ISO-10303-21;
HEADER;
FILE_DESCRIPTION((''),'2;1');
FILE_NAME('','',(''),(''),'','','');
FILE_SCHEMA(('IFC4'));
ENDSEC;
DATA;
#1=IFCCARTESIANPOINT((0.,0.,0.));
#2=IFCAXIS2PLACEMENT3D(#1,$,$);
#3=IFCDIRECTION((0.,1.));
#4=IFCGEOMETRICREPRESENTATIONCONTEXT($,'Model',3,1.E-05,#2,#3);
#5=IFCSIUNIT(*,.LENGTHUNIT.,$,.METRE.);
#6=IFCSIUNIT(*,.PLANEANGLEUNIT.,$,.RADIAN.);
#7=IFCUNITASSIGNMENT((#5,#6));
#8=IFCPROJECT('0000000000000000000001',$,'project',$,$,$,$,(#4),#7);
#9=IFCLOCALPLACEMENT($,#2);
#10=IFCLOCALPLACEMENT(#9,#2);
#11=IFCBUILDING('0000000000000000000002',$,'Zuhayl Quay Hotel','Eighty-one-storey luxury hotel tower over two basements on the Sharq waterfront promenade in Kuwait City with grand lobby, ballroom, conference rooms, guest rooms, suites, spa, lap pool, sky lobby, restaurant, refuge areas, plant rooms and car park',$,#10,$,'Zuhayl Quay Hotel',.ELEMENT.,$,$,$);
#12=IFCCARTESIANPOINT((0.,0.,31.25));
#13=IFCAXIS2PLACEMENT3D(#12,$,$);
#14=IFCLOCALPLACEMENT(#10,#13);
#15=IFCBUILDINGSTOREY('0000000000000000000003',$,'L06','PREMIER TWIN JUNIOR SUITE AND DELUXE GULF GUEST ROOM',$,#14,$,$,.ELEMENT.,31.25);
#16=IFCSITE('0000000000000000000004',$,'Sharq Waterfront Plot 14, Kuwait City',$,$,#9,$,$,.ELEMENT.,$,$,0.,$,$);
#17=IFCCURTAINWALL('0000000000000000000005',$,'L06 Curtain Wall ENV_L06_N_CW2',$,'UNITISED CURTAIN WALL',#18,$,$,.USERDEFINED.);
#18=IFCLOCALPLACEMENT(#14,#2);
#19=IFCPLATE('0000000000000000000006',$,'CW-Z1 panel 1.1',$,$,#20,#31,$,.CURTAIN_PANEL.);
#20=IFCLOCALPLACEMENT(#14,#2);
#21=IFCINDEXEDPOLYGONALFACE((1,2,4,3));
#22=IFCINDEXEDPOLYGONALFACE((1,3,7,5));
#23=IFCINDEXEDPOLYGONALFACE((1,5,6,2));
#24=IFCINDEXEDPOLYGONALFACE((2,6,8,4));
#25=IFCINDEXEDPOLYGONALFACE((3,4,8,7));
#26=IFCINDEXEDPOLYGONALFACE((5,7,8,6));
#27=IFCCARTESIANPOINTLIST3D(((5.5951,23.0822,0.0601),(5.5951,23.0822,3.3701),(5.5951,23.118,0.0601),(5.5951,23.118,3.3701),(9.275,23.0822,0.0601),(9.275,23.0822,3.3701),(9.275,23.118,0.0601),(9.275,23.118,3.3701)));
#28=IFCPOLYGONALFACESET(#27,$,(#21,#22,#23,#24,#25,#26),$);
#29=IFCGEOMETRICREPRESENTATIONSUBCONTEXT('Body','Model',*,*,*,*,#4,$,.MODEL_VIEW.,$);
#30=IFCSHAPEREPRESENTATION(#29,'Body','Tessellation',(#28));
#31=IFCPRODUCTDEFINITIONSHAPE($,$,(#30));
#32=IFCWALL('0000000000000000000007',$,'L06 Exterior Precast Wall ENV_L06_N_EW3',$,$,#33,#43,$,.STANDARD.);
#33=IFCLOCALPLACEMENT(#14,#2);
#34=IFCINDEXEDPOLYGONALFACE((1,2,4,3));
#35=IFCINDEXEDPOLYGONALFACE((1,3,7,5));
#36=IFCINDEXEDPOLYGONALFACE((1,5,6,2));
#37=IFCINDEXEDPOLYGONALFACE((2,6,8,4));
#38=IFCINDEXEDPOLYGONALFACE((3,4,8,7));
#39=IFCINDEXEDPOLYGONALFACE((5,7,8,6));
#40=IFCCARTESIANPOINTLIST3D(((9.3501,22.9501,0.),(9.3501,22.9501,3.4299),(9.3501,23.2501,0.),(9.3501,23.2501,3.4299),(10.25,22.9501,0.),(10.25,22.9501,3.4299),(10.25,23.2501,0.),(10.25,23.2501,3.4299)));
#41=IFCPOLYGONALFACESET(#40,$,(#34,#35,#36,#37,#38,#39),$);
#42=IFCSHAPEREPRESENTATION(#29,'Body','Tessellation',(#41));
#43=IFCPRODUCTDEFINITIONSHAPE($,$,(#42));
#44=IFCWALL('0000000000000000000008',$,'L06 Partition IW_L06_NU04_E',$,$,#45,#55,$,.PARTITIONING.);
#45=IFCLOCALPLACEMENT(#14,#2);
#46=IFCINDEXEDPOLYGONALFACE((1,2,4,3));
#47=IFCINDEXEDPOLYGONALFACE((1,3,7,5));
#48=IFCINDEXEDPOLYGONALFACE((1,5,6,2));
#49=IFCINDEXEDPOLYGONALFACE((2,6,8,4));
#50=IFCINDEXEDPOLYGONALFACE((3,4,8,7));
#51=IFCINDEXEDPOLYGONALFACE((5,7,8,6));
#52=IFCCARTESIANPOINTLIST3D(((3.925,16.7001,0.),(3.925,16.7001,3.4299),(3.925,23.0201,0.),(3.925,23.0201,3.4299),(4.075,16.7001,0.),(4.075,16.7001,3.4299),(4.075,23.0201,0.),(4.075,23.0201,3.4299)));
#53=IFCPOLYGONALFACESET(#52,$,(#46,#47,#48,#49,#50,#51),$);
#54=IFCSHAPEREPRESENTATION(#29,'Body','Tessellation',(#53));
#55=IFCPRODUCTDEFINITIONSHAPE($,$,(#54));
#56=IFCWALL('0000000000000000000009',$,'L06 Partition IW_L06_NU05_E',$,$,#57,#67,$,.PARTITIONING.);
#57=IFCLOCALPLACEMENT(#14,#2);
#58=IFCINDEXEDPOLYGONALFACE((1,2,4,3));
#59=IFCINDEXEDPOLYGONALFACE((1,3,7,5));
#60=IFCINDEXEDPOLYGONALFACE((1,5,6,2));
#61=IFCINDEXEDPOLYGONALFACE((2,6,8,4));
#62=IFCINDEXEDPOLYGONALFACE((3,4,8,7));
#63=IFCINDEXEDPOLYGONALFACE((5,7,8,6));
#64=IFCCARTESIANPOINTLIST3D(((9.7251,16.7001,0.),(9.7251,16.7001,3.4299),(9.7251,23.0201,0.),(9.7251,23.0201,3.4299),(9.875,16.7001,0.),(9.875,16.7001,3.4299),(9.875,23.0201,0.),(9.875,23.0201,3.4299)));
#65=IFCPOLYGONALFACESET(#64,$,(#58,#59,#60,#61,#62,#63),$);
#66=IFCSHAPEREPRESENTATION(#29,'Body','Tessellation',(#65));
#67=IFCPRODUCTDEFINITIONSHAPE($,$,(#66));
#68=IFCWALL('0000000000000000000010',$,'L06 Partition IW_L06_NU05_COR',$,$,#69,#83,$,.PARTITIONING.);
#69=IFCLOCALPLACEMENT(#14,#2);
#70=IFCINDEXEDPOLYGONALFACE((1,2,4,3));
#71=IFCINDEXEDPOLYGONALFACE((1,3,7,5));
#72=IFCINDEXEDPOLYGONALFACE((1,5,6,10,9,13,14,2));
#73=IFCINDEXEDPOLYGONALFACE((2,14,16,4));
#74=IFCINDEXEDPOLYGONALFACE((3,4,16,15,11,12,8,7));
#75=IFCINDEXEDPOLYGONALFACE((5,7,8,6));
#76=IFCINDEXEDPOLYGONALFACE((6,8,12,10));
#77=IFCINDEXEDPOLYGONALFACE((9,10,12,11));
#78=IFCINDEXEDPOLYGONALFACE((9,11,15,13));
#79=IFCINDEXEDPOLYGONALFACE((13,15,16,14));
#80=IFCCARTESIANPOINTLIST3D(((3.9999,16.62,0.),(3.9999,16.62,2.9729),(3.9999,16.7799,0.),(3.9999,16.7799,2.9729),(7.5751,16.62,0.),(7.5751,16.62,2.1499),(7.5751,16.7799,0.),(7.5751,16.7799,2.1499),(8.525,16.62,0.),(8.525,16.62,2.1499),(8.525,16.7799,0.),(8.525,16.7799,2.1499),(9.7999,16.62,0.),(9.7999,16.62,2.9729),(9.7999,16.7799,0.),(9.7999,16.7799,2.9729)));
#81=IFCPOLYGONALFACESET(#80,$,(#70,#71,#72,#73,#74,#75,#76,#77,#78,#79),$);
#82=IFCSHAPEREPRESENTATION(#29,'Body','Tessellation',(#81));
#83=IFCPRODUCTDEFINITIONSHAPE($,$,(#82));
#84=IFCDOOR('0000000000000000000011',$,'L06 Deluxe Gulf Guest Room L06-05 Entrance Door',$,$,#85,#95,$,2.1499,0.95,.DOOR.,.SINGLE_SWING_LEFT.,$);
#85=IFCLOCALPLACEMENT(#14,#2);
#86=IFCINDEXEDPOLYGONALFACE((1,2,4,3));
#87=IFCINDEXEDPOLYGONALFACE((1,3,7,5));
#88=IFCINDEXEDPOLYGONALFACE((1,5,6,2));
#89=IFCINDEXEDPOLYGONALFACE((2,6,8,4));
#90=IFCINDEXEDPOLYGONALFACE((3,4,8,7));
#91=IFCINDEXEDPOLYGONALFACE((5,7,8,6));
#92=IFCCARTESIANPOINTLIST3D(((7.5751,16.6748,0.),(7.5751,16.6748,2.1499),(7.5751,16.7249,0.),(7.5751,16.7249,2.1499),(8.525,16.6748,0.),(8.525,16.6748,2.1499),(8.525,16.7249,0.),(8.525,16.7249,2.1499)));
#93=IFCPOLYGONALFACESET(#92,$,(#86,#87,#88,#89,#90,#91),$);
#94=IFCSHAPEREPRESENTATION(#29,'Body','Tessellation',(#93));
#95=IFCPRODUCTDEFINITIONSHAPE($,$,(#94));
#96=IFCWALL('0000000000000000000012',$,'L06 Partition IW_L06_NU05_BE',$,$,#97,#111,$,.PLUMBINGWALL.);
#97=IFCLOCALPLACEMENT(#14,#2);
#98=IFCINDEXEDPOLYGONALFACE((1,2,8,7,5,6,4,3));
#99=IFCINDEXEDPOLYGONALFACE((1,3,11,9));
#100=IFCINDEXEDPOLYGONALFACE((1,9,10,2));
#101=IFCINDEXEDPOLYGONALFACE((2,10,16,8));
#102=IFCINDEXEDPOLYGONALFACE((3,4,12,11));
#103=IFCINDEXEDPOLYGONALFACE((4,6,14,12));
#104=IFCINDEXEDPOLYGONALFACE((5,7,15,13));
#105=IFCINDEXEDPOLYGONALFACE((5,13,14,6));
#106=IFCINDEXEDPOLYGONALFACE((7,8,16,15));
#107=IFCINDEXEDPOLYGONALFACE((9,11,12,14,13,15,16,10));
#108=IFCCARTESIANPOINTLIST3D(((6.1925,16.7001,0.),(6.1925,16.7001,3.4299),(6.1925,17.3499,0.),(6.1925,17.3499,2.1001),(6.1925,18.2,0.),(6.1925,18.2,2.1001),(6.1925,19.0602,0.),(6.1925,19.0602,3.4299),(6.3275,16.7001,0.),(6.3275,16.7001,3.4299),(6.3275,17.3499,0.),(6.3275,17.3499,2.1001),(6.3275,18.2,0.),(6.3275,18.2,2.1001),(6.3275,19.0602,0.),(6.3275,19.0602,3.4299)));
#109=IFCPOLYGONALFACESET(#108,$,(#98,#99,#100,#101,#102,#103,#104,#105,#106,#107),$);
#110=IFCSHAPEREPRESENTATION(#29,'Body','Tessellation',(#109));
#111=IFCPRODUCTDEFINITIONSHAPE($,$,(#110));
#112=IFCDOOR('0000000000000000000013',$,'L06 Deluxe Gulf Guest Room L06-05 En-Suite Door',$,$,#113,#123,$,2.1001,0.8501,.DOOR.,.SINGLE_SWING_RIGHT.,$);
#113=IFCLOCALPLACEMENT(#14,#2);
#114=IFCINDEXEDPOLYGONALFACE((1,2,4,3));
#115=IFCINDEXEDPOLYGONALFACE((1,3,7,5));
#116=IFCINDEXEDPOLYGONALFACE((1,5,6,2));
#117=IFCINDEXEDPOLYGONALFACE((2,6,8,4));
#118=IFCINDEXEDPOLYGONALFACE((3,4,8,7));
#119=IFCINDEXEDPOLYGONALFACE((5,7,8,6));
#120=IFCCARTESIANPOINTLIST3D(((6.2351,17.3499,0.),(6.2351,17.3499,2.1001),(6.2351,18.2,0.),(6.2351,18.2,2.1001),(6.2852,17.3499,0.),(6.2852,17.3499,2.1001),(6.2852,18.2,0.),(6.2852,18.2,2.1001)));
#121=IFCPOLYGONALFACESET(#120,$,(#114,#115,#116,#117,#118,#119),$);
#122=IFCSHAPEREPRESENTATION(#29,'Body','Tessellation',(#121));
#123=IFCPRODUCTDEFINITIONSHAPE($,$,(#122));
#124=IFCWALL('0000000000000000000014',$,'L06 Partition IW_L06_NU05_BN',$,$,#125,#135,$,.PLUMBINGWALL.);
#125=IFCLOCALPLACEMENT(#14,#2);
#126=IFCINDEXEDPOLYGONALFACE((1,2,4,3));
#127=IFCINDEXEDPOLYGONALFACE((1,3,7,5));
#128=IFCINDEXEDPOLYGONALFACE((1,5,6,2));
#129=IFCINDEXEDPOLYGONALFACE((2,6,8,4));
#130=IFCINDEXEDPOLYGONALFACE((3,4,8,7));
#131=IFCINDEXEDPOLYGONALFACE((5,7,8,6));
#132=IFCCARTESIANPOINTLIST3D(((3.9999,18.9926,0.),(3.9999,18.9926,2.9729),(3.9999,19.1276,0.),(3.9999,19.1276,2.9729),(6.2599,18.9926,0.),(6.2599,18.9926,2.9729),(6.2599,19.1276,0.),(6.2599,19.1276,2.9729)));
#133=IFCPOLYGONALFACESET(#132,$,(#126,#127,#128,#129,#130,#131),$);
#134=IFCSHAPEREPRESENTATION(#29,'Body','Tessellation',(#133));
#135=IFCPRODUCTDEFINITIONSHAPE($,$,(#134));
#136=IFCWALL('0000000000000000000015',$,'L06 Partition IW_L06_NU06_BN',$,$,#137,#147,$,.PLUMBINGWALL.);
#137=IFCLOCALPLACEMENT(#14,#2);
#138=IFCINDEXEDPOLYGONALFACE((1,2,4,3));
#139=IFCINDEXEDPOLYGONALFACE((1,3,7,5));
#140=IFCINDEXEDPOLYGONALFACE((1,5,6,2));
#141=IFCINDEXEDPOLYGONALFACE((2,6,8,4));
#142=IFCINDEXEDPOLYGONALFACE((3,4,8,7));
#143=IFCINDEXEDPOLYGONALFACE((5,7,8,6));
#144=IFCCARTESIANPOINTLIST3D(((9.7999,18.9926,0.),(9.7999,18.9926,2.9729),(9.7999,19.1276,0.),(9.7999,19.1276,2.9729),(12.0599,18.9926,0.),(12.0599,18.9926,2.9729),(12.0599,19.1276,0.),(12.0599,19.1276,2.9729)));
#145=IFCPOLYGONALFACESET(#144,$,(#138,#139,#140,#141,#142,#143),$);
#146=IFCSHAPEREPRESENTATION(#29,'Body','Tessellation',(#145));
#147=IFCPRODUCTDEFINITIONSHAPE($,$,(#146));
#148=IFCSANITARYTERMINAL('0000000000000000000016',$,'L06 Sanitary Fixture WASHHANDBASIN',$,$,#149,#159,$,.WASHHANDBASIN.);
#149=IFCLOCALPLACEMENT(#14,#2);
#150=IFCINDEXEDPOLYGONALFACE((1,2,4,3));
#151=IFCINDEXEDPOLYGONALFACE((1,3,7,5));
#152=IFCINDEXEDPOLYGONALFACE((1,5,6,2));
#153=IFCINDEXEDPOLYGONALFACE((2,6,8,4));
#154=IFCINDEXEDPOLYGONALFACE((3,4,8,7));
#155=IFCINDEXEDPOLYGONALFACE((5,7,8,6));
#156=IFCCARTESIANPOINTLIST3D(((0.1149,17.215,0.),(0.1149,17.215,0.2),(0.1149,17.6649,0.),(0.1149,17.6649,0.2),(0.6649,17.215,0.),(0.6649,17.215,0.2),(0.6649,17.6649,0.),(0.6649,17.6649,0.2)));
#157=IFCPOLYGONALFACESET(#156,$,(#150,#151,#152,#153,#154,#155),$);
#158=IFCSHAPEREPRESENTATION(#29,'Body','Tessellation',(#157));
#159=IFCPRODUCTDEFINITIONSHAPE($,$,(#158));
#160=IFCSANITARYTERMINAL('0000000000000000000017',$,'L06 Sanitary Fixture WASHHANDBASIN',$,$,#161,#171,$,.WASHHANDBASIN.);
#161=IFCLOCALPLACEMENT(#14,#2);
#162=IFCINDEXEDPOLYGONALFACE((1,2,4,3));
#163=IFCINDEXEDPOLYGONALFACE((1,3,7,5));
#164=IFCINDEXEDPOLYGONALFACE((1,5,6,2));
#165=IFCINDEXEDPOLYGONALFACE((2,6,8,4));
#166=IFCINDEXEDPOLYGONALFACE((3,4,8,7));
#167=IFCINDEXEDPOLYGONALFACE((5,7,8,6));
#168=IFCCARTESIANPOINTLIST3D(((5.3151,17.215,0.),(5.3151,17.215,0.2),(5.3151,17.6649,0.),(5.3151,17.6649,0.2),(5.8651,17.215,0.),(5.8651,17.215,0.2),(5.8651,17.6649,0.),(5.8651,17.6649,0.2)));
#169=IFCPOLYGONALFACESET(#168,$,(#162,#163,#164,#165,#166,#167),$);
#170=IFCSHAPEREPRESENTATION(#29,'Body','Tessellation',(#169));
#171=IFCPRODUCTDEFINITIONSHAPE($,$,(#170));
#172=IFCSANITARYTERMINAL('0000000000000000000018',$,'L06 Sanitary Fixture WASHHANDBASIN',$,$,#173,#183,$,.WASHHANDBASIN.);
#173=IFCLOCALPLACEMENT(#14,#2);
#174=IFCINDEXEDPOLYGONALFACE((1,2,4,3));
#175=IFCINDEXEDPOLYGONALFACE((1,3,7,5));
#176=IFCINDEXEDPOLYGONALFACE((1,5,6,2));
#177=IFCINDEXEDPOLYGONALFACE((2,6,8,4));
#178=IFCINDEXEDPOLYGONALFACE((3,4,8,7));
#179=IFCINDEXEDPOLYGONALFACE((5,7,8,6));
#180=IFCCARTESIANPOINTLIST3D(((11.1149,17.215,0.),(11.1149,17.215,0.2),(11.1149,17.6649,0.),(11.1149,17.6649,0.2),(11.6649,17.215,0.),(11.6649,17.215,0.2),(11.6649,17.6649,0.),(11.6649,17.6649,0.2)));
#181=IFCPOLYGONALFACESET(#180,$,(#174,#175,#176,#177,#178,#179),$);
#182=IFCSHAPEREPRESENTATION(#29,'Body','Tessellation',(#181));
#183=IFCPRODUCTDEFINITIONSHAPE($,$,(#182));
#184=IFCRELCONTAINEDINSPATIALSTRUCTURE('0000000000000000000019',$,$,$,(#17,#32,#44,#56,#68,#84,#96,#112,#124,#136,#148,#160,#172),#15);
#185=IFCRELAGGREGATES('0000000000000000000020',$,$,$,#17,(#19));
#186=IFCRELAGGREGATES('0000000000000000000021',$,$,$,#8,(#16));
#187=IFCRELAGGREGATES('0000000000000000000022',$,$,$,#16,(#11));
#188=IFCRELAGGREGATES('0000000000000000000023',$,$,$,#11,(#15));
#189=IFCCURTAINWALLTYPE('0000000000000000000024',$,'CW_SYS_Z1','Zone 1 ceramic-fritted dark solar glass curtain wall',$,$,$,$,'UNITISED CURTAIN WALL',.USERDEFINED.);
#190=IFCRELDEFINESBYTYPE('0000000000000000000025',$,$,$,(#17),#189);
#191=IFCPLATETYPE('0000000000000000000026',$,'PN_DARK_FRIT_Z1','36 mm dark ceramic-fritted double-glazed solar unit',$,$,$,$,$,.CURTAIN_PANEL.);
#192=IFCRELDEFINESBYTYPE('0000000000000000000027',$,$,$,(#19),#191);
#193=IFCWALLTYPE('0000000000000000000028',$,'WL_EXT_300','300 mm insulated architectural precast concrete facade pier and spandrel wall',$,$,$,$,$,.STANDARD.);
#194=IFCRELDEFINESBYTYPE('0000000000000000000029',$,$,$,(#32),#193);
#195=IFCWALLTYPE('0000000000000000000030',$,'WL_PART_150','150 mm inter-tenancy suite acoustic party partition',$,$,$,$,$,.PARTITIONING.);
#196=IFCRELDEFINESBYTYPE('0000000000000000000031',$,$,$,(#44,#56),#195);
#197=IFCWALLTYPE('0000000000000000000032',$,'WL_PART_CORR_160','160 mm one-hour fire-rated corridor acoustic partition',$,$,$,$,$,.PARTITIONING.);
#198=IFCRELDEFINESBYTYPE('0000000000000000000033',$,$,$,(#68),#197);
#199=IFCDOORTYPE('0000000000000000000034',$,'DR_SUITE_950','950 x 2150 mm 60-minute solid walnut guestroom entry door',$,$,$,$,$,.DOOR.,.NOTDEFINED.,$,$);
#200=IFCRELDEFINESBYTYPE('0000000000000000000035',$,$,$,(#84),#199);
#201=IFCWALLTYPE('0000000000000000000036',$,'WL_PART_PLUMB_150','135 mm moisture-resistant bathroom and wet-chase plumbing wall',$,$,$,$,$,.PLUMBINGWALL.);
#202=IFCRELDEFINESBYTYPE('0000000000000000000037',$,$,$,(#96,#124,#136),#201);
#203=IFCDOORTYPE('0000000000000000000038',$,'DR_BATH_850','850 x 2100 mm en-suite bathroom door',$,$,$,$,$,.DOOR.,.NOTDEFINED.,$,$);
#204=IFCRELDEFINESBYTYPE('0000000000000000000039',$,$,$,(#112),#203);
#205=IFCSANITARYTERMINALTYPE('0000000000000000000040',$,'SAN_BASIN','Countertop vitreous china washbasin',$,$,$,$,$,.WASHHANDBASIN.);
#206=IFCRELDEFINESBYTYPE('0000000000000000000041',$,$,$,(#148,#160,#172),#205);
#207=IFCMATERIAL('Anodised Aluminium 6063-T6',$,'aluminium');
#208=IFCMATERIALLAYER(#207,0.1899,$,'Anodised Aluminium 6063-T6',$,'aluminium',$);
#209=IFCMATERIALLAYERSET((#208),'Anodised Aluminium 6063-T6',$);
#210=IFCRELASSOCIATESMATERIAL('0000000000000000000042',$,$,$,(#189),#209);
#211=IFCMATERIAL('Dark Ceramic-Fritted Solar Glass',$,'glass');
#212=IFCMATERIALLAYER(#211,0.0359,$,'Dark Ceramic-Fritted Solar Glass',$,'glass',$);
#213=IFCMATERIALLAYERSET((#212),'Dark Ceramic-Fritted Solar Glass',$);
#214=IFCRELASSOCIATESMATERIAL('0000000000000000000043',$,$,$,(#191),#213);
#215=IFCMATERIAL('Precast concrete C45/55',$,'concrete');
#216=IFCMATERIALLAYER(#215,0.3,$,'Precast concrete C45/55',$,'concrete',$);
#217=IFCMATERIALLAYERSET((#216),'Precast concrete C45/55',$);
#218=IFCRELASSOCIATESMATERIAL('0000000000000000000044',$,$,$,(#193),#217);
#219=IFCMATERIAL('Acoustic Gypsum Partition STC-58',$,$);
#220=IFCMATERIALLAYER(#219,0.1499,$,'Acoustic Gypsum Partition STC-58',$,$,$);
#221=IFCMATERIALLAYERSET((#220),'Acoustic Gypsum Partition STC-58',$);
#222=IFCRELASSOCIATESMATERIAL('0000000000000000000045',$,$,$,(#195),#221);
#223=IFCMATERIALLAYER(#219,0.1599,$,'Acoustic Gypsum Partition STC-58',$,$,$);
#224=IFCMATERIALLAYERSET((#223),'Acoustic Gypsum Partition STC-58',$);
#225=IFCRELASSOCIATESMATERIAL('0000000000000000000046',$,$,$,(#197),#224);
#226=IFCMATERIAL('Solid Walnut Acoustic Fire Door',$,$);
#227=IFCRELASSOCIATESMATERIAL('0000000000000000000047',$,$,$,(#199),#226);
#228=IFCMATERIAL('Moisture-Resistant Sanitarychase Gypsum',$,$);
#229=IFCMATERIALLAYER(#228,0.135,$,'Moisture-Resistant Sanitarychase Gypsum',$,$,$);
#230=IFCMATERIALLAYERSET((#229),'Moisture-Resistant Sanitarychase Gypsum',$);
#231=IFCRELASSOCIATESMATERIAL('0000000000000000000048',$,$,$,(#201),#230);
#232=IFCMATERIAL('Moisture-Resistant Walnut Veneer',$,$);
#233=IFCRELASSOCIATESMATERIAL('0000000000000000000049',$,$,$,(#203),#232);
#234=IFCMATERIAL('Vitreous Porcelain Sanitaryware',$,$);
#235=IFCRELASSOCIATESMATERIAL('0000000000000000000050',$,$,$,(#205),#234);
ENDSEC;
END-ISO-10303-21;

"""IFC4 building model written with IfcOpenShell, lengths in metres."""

from ifc_helpers import new_model, si_unit, direction, frame, frame_2d, origin, origin_2d, place, context, subcontext, project, spatial, rectangle, extrude, material, layer, layer_set, type_object, element, fill, aggregate, save


model = new_model("IFC4")

# Units and contexts
model_context = context("Model", 3, precision=1e-05, world=origin(), true_north=direction((0.0, 1.0)))
body_context = subcontext(model_context, "Body", "Model", "MODEL_VIEW")
ifc_project = project(units=[si_unit("LENGTHUNIT", "METRE"), si_unit("PLANEANGLEUNIT", "RADIAN")], contexts=[model_context])

# Site, building, storey
site_placement = place(None, origin())
site = spatial("IfcSite", under=ifc_project, at=site_placement, Name="Sharq Waterfront Plot 14, Kuwait City", CompositionType="ELEMENT", RefElevation=0.0)
building_placement = place(site_placement, origin())
building = spatial("IfcBuilding", under=site, at=building_placement, Name="Zuhayl Quay Hotel", Description="Eighty-one-storey luxury hotel tower over two basements on the Sharq waterfront promenade in Kuwait City with grand lobby, ballroom, conference rooms, guest rooms, suites, spa, lap pool, sky lobby, restaurant, refuge areas, plant rooms and car park", LongName="Zuhayl Quay Hotel", CompositionType="ELEMENT")
storey_placement = place(building_placement, frame((0.0, 0.0, 31.25)))
storey = spatial("IfcBuildingStorey", under=building, at=storey_placement, Name="L06", Description="PREMIER TWIN JUNIOR SUITE AND DELUXE GULF GUEST ROOM", CompositionType="ELEMENT", Elevation=31.25)

# Curtain wall
ifc_material_1 = material(Name="Anodised Aluminium 6063-T6", Category="aluminium")
ifc_layer_1 = layer(ifc_material_1, 0.1899, Name="Anodised Aluminium 6063-T6", Category="aluminium")
ifc_layer_set_1 = layer_set([ifc_layer_1], Name="Anodised Aluminium 6063-T6")
curtain_wall_type = type_object("IfcCurtainWallType", Name="CW_SYS_Z1", Description="Zone 1 ceramic-fritted dark solar glass curtain wall", ElementType="UNITISED CURTAIN WALL", PredefinedType="USERDEFINED", material=ifc_layer_set_1)
curtain_wall_1_placement = place(storey_placement, origin())
curtain_wall_1 = element("IfcCurtainWall", 1, at=curtain_wall_1_placement, inside=storey, type_object=curtain_wall_type, Name="L06 Curtain Wall ENV_L06_N_CW2", ObjectType="UNITISED CURTAIN WALL", PredefinedType="USERDEFINED")

# Plate
ifc_material_2 = material(Name="Dark Ceramic-Fritted Solar Glass", Category="glass")
ifc_layer_2 = layer(ifc_material_2, 0.0359, Name="Dark Ceramic-Fritted Solar Glass", Category="glass")
ifc_layer_set_2 = layer_set([ifc_layer_2], Name="Dark Ceramic-Fritted Solar Glass")
plate_type = type_object("IfcPlateType", Name="PN_DARK_FRIT_Z1", Description="36 mm dark ceramic-fritted double-glazed solar unit", PredefinedType="CURTAIN_PANEL", material=ifc_layer_set_2)
plate_placement = place(storey_placement, frame((7.4351, 23.1001, 0.0601), z_axis=(0.0, 0.0, 1.0), x_axis=(1.0, 0.0, 0.0)))
plate = element("IfcPlate", 2, at=plate_placement, type_object=plate_type, Name="CW-Z1 panel 1.1", PredefinedType="CURTAIN_PANEL", context=body_context, shape_type="SweptSolid", body=[
    extrude(rectangle(XDim=3.6799, YDim=0.0359, at=origin_2d()), origin(), (0.0, 0.0, 1.0), 3.3101),
])
aggregate(curtain_wall_1, [plate])

# Walls
ifc_material_3 = material(Name="Precast concrete C45/55", Category="concrete")
ifc_layer_3 = layer(ifc_material_3, 0.3, Name="Precast concrete C45/55", Category="concrete")
ifc_layer_set_3 = layer_set([ifc_layer_3], Name="Precast concrete C45/55")
wall_type_1 = type_object("IfcWallType", Name="WL_EXT_300", Description="300 mm insulated architectural precast concrete facade pier and spandrel wall", PredefinedType="STANDARD", material=ifc_layer_set_3)
wall_1_placement = place(storey_placement, frame((9.3501, 23.1001, 0.0), z_axis=(0.0, 0.0, 1.0), x_axis=(1.0, 0.0, 0.0)))
element("IfcWall", 3, at=wall_1_placement, inside=storey, type_object=wall_type_1, Name="L06 Exterior Precast Wall ENV_L06_N_EW3", PredefinedType="STANDARD", context=body_context, shape_type="SweptSolid", body=[
    extrude(rectangle(XDim=0.8999, YDim=0.3, at=frame_2d((0.45, 0.0))), origin(), (0.0, 0.0, 1.0), 3.4299),
])
ifc_material_4 = material(Name="Acoustic Gypsum Partition STC-58")
ifc_layer_4 = layer(ifc_material_4, 0.1499, Name="Acoustic Gypsum Partition STC-58")
ifc_layer_set_4 = layer_set([ifc_layer_4], Name="Acoustic Gypsum Partition STC-58")
wall_type_2 = type_object("IfcWallType", Name="WL_PART_150", Description="150 mm inter-tenancy suite acoustic party partition", PredefinedType="PARTITIONING", material=ifc_layer_set_4)
for number, where, z_axis, x_axis, name in (
    (4, (4.0, 16.7, 0.0), (0.0, 0.0, 1.0), (0.0, 1.0, 0.0), "L06 Partition IW_L06_NU04_E"),
    (5, (9.8, 16.7, 0.0), (0.0, 0.0, 1.0), (0.0, 1.0, 0.0), "L06 Partition IW_L06_NU05_E"),
):
    element("IfcWall", number, at=place(storey_placement, frame(where, z_axis=z_axis, x_axis=x_axis)), inside=storey, type_object=wall_type_2, Name=name, PredefinedType="PARTITIONING", context=body_context, shape_type="SweptSolid", body=[
        extrude(rectangle(XDim=6.3201, YDim=0.1499, at=frame_2d((3.1602, 0.0))), origin(), (0.0, 0.0, 1.0), 3.4299),
    ])

# Walls, openings, doors
ifc_layer_5 = layer(ifc_material_4, 0.1599, Name="Acoustic Gypsum Partition STC-58")
ifc_layer_set_5 = layer_set([ifc_layer_5], Name="Acoustic Gypsum Partition STC-58")
wall_type_3 = type_object("IfcWallType", Name="WL_PART_CORR_160", Description="160 mm one-hour fire-rated corridor acoustic partition", PredefinedType="PARTITIONING", material=ifc_layer_set_5)
wall_2_placement = place(storey_placement, frame((4.0, 16.7, 0.0), z_axis=(0.0, 0.0, 1.0), x_axis=(1.0, 0.0, 0.0)))
wall_2 = element("IfcWall", 6, at=wall_2_placement, inside=storey, type_object=wall_type_3, Name="L06 Partition IW_L06_NU05_COR", PredefinedType="PARTITIONING", context=body_context, shape_type="SweptSolid", body=[
    extrude(rectangle(XDim=5.8, YDim=0.1599, at=frame_2d((2.8999, 0.0))), origin(), (0.0, 0.0, 1.0), 2.9729),
])
opening_1_placement = place(wall_2_placement, frame((3.575, 0.0, 0.0)))
opening_1 = element("IfcOpeningElement", 7, at=opening_1_placement, cuts=wall_2, PredefinedType="OPENING", context=body_context, shape_type="SweptSolid", body=[
    extrude(rectangle(XDim=0.95, YDim=2.1499, at=frame_2d((0.4751, 1.075))), frame((0.0, 0.0898, 0.0), z_axis=(0.0, -1.0, 0.0), x_axis=(1.0, 0.0, 0.0)), (0.0, 0.0, 1.0), 0.1799),
])
ifc_material_5 = material(Name="Solid Walnut Acoustic Fire Door")
door_type_1 = type_object("IfcDoorType", Name="DR_SUITE_950", Description="950 x 2150 mm 60-minute solid walnut guestroom entry door", OperationType="NOTDEFINED", PredefinedType="DOOR", material=ifc_material_5)
door_1_placement = place(opening_1_placement, origin())
door_1 = element("IfcDoor", 8, at=door_1_placement, inside=storey, type_object=door_type_1, Name="L06 Deluxe Gulf Guest Room L06-05 Entrance Door", OperationType="SINGLE_SWING_LEFT", OverallHeight=2.1499, OverallWidth=0.95, PredefinedType="DOOR", context=body_context, shape_type="SweptSolid", body=[
    extrude(rectangle(XDim=0.95, YDim=2.1499, at=frame_2d((0.4751, 1.075))), frame((0.0, 0.0249, 0.0), z_axis=(0.0, -1.0, 0.0), x_axis=(1.0, 0.0, 0.0)), (0.0, 0.0, 1.0), 0.05),
])
fill(opening_1, door_1)
ifc_material_6 = material(Name="Moisture-Resistant Sanitarychase Gypsum")
ifc_layer_6 = layer(ifc_material_6, 0.135, Name="Moisture-Resistant Sanitarychase Gypsum")
ifc_layer_set_6 = layer_set([ifc_layer_6], Name="Moisture-Resistant Sanitarychase Gypsum")
wall_type_4 = type_object("IfcWallType", Name="WL_PART_PLUMB_150", Description="135 mm moisture-resistant bathroom and wet-chase plumbing wall", PredefinedType="PLUMBINGWALL", material=ifc_layer_set_6)
wall_3_placement = place(storey_placement, frame((6.26, 16.7, 0.0), z_axis=(0.0, 0.0, 1.0), x_axis=(0.0, 1.0, 0.0)))
wall_3 = element("IfcWall", 9, at=wall_3_placement, inside=storey, type_object=wall_type_4, Name="L06 Partition IW_L06_NU05_BE", PredefinedType="PLUMBINGWALL", context=body_context, shape_type="SweptSolid", body=[
    extrude(rectangle(XDim=2.3601, YDim=0.135, at=frame_2d((1.1802, 0.0))), origin(), (0.0, 0.0, 1.0), 3.4299),
])
opening_2_placement = place(wall_3_placement, frame((0.6499, 0.0, 0.0)))
opening_2 = element("IfcOpeningElement", 10, at=opening_2_placement, cuts=wall_3, PredefinedType="OPENING", context=body_context, shape_type="SweptSolid", body=[
    extrude(rectangle(XDim=0.8501, YDim=2.1001, at=frame_2d((0.425, 1.05))), frame((0.0, 0.0774, 0.0), z_axis=(0.0, -1.0, 0.0), x_axis=(1.0, 0.0, 0.0)), (0.0, 0.0, 1.0), 0.155),
])
ifc_material_7 = material(Name="Moisture-Resistant Walnut Veneer")
door_type_2 = type_object("IfcDoorType", Name="DR_BATH_850", Description="850 x 2100 mm en-suite bathroom door", OperationType="NOTDEFINED", PredefinedType="DOOR", material=ifc_material_7)
door_2_placement = place(opening_2_placement, origin())
door_2 = element("IfcDoor", 11, at=door_2_placement, inside=storey, type_object=door_type_2, Name="L06 Deluxe Gulf Guest Room L06-05 En-Suite Door", OperationType="SINGLE_SWING_RIGHT", OverallHeight=2.1001, OverallWidth=0.8501, PredefinedType="DOOR", context=body_context, shape_type="SweptSolid", body=[
    extrude(rectangle(XDim=0.8501, YDim=2.1001, at=frame_2d((0.425, 1.05))), frame((0.0, 0.0249, 0.0), z_axis=(0.0, -1.0, 0.0), x_axis=(1.0, 0.0, 0.0)), (0.0, 0.0, 1.0), 0.05),
])
fill(opening_2, door_2)

# Walls
for number, where, z_axis, x_axis, name in (
    (12, (4.0, 19.0601, 0.0), (0.0, 0.0, 1.0), (1.0, 0.0, 0.0), "L06 Partition IW_L06_NU05_BN"),
    (13, (9.8, 19.0601, 0.0), (0.0, 0.0, 1.0), (1.0, 0.0, 0.0), "L06 Partition IW_L06_NU06_BN"),
):
    element("IfcWall", number, at=place(storey_placement, frame(where, z_axis=z_axis, x_axis=x_axis)), inside=storey, type_object=wall_type_4, Name=name, PredefinedType="PLUMBINGWALL", context=body_context, shape_type="SweptSolid", body=[
        extrude(rectangle(XDim=2.26, YDim=0.135, at=frame_2d((1.1299, 0.0))), origin(), (0.0, 0.0, 1.0), 2.9729),
    ])

# Sanitary terminals
ifc_material_8 = material(Name="Vitreous Porcelain Sanitaryware")
sanitary_terminal_type_1 = type_object("IfcSanitaryTerminalType", Name="SAN_BASIN", Description="Countertop vitreous china washbasin", PredefinedType="WASHHANDBASIN", material=ifc_material_8)
for number, where, z_axis, x_axis, name in (
    (14, (0.3899, 17.4399, 0.0), (0.0, 0.0, 1.0), (1.0, 0.0, 0.0), "L06 Sanitary Fixture WASHHANDBASIN"),
    (15, (5.5901, 17.4399, 0.0), (0.0, 0.0, 1.0), (1.0, 0.0, 0.0), "L06 Sanitary Fixture WASHHANDBASIN"),
    (16, (11.3899, 17.4399, 0.0), (0.0, 0.0, 1.0), (1.0, 0.0, 0.0), "L06 Sanitary Fixture WASHHANDBASIN"),
):
    element("IfcSanitaryTerminal", number, at=place(storey_placement, frame(where, z_axis=z_axis, x_axis=x_axis)), inside=storey, type_object=sanitary_terminal_type_1, Name=name, PredefinedType="WASHHANDBASIN", context=body_context, shape_type="SweptSolid", body=[
        extrude(rectangle(XDim=0.55, YDim=0.45, at=origin_2d()), origin(), (0.0, 0.0, 1.0), 0.2),
    ])

save(model, "model.ifc")
